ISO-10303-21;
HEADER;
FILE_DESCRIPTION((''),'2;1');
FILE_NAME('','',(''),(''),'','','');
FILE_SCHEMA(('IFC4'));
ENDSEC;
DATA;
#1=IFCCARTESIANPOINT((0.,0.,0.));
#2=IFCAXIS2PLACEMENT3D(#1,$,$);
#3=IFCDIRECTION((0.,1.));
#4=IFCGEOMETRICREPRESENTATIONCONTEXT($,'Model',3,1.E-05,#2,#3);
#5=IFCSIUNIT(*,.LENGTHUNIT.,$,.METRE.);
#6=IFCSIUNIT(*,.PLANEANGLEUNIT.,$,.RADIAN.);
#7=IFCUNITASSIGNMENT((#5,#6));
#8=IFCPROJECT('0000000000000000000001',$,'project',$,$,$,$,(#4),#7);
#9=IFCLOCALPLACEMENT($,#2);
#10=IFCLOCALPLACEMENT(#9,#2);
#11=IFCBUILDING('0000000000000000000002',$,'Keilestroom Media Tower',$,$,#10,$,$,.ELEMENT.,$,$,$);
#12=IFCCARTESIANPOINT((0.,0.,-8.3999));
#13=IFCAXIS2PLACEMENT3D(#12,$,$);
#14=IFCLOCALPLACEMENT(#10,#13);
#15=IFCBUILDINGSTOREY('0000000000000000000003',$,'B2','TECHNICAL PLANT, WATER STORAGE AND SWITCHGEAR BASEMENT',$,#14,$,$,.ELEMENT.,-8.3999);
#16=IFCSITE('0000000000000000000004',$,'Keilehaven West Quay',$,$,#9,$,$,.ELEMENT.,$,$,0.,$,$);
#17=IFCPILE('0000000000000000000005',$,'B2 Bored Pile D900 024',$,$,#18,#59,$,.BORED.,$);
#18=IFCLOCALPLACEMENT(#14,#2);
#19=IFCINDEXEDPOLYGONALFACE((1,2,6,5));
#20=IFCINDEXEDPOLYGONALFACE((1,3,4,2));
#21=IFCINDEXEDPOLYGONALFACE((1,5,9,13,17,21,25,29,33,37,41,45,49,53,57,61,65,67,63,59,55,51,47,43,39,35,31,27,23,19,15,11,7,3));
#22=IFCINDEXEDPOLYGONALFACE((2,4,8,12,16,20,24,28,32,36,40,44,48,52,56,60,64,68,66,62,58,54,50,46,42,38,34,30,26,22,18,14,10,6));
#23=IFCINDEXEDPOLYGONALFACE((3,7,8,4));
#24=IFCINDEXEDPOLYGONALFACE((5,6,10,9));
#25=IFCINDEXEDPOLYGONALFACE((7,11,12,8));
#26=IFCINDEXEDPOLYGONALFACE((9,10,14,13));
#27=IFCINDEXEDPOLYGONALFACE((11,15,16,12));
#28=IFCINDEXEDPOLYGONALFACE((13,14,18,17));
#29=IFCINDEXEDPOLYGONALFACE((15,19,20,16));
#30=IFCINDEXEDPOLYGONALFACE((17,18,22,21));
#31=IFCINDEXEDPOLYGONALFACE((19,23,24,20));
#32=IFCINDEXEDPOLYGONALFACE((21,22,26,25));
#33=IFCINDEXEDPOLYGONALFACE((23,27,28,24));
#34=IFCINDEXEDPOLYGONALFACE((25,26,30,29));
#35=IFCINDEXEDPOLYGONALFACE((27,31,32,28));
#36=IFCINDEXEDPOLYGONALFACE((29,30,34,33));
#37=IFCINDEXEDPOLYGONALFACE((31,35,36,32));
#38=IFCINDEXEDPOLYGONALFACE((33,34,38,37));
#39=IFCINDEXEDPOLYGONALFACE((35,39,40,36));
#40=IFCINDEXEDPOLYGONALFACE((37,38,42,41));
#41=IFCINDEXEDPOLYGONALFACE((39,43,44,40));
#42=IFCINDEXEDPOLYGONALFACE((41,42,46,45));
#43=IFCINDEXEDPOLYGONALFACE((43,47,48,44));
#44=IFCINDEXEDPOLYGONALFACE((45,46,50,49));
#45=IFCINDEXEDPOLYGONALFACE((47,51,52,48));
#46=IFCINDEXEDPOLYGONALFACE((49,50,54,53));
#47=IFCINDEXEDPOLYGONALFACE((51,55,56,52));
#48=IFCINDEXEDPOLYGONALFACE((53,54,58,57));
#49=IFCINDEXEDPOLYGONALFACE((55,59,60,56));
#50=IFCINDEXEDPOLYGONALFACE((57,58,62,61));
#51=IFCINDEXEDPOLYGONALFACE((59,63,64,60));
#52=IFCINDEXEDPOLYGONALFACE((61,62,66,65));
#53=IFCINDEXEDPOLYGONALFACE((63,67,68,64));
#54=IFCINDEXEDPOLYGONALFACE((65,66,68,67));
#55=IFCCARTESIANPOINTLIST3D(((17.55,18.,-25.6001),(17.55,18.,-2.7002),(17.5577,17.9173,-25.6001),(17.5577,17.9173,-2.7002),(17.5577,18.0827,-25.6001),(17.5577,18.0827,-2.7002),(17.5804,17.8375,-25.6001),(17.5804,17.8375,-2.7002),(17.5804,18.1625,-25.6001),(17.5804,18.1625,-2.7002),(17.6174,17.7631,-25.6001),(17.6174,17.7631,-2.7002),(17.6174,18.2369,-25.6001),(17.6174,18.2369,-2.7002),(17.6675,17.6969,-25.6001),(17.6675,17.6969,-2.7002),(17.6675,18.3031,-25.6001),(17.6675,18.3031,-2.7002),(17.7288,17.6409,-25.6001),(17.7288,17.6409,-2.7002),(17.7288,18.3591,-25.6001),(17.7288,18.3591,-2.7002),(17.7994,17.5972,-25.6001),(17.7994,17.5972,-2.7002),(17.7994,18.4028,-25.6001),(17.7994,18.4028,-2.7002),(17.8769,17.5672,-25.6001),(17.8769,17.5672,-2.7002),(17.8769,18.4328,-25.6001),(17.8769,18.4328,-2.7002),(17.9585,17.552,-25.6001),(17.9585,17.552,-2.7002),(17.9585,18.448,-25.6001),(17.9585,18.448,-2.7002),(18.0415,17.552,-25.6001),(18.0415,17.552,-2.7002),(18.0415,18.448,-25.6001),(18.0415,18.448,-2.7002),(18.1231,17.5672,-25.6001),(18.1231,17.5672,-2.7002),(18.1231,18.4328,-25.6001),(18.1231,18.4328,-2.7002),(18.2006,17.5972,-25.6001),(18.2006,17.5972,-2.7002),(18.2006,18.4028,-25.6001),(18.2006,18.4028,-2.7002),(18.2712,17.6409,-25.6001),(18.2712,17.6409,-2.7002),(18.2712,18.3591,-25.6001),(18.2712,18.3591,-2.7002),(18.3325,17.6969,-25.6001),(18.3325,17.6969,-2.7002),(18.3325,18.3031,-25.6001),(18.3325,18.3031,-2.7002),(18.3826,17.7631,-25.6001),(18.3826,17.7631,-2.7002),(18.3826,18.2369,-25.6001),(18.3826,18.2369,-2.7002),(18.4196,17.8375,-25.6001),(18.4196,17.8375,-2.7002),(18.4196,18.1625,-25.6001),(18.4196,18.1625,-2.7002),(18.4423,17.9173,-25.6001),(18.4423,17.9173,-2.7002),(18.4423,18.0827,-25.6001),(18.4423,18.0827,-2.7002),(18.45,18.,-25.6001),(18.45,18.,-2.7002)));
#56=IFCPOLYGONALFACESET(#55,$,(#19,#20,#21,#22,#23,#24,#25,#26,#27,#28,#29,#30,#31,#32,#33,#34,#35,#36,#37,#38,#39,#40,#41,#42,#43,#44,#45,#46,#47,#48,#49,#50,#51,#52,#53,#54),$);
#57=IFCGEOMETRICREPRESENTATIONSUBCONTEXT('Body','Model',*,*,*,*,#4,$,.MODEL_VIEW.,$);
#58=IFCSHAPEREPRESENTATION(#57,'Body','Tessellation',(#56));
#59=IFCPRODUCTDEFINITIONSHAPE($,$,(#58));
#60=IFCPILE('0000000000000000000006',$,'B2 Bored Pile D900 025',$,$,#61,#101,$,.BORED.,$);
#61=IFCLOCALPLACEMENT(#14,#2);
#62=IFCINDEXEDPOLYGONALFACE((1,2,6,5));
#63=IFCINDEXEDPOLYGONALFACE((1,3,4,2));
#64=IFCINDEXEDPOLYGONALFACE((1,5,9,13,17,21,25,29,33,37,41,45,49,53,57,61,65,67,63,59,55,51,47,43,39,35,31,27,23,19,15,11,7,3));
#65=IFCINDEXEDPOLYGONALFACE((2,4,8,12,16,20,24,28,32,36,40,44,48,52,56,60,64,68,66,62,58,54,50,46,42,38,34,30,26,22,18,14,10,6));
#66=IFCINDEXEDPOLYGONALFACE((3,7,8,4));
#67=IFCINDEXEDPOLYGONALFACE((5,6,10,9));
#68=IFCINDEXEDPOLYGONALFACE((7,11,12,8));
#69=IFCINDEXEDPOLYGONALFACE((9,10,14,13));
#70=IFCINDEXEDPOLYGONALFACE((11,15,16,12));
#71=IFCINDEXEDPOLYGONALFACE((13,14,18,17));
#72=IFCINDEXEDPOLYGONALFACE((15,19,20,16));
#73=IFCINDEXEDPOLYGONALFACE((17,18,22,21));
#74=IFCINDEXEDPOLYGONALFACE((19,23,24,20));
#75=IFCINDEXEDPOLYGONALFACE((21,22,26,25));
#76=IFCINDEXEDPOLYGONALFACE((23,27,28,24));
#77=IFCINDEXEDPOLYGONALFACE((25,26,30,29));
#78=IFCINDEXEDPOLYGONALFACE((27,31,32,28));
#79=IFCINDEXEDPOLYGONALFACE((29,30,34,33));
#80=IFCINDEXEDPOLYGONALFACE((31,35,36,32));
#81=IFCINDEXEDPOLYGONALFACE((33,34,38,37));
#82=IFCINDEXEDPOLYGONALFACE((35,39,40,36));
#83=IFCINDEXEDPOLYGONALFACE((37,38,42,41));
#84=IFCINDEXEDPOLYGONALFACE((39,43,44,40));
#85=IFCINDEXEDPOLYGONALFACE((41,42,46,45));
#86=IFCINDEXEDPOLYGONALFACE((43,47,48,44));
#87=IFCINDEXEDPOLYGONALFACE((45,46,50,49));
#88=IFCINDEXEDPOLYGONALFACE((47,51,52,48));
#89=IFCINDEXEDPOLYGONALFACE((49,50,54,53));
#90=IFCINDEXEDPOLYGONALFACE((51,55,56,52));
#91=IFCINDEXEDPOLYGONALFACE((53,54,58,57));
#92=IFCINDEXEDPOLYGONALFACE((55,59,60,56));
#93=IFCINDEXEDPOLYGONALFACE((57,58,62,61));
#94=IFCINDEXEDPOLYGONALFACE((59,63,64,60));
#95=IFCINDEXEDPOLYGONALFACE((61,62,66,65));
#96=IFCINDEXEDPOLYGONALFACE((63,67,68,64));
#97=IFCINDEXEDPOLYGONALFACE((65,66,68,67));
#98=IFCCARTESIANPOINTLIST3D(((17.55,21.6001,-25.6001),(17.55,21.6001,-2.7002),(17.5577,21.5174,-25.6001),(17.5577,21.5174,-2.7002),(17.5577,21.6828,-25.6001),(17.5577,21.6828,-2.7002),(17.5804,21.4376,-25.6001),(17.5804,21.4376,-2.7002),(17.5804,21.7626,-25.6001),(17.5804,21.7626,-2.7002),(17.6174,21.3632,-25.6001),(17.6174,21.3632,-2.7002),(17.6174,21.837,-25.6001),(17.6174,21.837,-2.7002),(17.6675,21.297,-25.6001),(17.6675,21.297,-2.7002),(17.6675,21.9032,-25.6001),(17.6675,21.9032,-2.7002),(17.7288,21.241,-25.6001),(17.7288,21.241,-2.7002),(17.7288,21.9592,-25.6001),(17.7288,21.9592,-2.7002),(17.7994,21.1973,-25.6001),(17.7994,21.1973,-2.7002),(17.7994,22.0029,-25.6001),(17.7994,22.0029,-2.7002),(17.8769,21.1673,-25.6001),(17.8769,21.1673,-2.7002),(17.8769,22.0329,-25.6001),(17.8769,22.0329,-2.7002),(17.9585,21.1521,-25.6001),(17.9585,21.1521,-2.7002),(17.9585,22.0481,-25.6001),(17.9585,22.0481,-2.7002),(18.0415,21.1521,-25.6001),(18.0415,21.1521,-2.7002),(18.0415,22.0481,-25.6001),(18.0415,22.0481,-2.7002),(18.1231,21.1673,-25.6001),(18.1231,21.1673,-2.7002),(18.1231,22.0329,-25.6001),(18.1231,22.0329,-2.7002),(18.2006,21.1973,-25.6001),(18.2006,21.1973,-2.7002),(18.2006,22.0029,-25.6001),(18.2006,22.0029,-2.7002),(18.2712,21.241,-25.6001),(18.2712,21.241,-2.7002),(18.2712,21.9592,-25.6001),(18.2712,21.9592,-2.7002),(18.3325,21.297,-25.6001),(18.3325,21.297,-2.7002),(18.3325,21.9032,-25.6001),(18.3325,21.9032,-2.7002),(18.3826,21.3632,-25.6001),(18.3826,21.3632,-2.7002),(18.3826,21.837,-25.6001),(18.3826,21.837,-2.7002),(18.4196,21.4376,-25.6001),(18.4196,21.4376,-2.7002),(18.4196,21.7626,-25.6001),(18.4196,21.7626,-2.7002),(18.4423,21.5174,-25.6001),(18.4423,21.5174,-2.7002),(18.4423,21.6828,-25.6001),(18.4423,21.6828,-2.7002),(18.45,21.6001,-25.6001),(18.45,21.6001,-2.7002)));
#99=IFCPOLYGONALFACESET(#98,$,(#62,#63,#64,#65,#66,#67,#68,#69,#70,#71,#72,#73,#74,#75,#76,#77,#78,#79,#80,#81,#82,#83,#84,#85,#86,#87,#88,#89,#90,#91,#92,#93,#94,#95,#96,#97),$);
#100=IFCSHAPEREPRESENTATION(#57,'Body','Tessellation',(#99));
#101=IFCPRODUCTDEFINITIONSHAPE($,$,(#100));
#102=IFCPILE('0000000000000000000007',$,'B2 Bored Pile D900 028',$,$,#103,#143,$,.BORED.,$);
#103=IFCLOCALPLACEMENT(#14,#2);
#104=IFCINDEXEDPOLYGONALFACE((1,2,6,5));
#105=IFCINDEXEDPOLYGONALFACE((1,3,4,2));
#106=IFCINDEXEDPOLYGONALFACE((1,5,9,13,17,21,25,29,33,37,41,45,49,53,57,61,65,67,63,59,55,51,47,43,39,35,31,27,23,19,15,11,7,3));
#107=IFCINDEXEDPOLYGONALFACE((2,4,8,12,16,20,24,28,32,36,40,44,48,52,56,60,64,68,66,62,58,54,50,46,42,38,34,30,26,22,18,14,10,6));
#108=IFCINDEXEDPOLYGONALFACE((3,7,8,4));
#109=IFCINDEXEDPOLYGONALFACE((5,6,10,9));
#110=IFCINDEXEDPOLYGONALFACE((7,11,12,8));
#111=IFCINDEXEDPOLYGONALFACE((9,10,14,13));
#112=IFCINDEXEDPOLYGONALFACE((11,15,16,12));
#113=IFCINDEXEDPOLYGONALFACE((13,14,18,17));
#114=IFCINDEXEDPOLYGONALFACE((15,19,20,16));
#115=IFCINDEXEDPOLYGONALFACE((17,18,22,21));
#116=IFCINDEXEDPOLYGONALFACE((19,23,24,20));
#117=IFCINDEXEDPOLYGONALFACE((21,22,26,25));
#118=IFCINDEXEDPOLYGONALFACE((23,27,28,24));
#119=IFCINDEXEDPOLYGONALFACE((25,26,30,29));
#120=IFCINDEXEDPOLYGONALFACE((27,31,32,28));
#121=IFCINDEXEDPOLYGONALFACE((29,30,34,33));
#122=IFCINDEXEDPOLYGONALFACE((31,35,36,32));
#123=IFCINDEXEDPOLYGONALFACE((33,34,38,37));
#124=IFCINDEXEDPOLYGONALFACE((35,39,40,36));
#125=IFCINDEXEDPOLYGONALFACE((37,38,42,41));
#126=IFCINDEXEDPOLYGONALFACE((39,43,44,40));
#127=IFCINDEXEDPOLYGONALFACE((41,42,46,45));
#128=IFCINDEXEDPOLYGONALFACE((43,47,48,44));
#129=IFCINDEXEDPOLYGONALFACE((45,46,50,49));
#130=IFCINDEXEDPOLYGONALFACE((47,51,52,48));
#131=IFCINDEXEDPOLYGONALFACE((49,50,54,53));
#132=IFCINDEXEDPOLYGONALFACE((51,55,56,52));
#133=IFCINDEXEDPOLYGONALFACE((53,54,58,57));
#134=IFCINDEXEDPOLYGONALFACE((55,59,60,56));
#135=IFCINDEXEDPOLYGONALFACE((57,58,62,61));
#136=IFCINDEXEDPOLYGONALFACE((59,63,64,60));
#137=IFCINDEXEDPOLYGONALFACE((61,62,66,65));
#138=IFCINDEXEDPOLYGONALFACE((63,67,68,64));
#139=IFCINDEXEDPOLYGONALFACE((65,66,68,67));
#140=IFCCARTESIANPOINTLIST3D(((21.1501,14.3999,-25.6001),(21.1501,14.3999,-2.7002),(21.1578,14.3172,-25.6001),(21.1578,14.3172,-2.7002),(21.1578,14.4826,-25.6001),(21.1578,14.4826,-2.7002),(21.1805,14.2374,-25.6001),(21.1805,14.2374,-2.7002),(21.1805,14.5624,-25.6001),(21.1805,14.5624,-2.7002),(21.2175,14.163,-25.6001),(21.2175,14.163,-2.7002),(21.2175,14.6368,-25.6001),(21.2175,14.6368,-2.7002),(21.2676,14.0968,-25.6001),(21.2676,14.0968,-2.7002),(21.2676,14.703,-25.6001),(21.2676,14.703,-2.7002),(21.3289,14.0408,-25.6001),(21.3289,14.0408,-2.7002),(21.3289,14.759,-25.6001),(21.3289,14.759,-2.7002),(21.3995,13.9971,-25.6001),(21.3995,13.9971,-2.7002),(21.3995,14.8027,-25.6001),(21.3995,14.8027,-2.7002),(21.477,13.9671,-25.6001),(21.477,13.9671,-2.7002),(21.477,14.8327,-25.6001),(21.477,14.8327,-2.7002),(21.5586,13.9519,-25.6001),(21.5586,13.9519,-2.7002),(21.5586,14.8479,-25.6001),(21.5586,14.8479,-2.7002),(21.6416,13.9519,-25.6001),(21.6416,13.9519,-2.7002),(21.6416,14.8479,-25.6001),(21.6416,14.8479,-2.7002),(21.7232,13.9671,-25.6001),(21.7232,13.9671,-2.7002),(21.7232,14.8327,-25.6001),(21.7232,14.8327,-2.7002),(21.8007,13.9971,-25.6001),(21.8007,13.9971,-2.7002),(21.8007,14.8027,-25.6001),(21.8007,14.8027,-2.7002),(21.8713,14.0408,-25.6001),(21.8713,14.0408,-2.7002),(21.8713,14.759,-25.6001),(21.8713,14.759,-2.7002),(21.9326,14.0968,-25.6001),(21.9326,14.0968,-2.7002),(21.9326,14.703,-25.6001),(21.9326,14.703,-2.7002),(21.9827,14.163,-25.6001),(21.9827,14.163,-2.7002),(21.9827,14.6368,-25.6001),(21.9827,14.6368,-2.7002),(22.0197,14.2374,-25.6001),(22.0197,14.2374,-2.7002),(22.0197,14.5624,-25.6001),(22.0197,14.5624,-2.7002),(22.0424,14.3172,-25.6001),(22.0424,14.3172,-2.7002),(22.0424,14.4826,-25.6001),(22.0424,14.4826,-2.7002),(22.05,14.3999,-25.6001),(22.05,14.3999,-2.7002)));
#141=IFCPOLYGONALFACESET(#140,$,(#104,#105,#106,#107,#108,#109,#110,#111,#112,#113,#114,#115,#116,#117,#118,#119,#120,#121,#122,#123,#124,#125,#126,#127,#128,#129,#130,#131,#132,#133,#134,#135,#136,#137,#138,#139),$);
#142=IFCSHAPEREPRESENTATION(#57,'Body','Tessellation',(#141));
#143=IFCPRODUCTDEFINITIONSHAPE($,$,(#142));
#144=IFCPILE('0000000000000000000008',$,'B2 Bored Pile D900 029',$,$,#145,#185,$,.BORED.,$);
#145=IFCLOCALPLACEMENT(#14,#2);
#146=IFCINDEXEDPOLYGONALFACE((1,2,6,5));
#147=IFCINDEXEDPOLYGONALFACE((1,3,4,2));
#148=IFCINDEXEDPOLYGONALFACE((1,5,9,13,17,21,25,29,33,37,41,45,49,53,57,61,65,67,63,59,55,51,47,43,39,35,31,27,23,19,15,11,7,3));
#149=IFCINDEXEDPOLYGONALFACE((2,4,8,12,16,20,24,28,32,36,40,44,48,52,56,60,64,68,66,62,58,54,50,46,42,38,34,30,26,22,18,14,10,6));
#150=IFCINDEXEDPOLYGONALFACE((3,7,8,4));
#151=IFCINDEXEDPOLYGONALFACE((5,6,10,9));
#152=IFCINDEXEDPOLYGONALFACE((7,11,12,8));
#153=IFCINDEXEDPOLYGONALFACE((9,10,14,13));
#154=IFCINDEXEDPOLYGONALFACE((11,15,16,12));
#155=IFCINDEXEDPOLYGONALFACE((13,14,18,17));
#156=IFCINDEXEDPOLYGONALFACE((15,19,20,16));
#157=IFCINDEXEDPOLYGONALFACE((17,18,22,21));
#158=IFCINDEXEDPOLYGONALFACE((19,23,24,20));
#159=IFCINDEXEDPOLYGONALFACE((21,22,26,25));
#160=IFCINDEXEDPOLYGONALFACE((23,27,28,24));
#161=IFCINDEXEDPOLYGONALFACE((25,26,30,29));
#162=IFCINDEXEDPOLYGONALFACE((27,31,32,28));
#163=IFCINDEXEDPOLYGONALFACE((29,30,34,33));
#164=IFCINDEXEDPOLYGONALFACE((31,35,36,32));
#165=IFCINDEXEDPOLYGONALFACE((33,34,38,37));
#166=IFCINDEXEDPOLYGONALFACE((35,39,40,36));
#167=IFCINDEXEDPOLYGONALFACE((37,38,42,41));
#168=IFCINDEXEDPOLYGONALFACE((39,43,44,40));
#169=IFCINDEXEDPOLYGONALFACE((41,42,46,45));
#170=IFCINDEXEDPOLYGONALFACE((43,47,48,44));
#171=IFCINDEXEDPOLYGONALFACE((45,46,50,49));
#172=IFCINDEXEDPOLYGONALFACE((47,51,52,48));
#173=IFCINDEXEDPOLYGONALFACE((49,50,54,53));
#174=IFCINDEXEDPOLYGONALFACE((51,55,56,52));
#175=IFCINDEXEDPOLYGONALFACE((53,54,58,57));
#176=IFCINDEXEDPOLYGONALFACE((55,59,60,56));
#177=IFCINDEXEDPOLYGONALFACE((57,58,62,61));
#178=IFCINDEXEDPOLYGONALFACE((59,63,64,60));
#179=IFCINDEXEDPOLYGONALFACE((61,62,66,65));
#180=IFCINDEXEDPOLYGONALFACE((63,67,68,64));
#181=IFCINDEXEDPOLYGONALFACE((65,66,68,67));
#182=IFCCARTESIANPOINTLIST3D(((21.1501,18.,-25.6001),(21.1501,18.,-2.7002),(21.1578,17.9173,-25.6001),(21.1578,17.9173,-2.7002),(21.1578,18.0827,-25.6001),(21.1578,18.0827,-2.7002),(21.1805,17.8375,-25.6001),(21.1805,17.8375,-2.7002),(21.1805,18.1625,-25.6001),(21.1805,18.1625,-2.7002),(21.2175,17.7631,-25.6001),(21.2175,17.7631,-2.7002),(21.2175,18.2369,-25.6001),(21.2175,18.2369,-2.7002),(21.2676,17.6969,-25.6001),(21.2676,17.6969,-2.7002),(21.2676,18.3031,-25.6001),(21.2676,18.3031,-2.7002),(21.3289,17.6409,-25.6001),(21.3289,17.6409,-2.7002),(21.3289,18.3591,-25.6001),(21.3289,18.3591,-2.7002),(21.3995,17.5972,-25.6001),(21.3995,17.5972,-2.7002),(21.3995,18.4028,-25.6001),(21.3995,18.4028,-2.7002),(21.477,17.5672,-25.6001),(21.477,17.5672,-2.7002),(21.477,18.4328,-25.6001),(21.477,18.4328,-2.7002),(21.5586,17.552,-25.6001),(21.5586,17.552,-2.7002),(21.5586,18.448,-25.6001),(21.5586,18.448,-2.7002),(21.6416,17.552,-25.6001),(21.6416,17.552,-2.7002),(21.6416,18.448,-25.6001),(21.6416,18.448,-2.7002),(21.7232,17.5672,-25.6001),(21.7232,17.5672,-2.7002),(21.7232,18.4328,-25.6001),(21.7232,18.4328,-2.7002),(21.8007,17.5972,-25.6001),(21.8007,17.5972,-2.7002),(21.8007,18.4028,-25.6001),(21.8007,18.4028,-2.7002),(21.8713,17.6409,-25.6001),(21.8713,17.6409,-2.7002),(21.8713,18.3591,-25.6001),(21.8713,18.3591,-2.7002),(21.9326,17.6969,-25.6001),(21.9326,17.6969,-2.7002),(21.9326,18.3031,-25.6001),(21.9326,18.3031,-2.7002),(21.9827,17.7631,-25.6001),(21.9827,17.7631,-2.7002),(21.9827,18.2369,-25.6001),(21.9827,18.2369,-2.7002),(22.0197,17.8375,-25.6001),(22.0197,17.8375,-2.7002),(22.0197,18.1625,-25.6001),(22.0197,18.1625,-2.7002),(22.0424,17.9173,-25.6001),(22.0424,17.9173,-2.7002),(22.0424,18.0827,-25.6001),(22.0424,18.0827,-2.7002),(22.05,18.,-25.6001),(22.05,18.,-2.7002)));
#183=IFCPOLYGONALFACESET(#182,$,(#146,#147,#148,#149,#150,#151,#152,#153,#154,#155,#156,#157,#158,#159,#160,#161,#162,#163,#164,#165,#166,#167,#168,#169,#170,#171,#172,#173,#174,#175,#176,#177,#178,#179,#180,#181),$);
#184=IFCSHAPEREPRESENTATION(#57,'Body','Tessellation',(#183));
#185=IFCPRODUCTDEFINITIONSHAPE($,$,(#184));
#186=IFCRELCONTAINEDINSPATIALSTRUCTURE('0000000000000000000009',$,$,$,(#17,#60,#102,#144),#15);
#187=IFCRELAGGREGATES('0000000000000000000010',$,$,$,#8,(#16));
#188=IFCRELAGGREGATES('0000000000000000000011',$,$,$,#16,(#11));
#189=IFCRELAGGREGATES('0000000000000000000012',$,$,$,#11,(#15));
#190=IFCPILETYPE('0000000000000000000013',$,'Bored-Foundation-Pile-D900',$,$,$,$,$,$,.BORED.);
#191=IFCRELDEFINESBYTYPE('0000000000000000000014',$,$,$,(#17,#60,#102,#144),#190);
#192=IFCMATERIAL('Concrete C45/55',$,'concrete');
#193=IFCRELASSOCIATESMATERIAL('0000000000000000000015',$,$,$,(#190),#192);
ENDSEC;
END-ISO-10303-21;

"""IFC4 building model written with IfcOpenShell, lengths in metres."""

from ifc_helpers import new_model, si_unit, direction, frame, origin, origin_2d, place, context, subcontext, project, spatial, circle, extrude, source, transform, mapped, material, material_profile, profile_set, type_object, element, save


model = new_model("IFC4")

# Units and contexts
model_context = context("Model", 3, precision=1e-05, world=origin(), true_north=direction((0.0, 1.0)))
body_context = subcontext(model_context, "Body", "Model", "MODEL_VIEW")
ifc_project = project(units=[si_unit("LENGTHUNIT", "METRE"), si_unit("PLANEANGLEUNIT", "RADIAN")], contexts=[model_context])

# Site, building, storey
site_placement = place(None, origin())
site = spatial("IfcSite", under=ifc_project, at=site_placement, Name="Keilehaven West Quay", CompositionType="ELEMENT", RefElevation=0.0)
building_placement = place(site_placement, origin())
building = spatial("IfcBuilding", under=site, at=building_placement, Name="Keilestroom Media Tower", CompositionType="ELEMENT")
storey_placement = place(building_placement, frame((0.0, 0.0, -8.3999)))
storey = spatial("IfcBuildingStorey", under=building, at=storey_placement, Name="B2", Description="TECHNICAL PLANT, WATER STORAGE AND SWITCHGEAR BASEMENT", CompositionType="ELEMENT", Elevation=-8.3999)

# Piles
ifc_material_1 = material(Name="Concrete C45/55", Category="concrete")
ifc_material_profile_1 = material_profile(ifc_material_1, circle(Radius=0.45, at=origin_2d()), Name="BORED PILE D900")
ifc_profile_set_1 = profile_set([ifc_material_profile_1], Name="Concrete C45/55")
pile_type_1 = type_object("IfcPileType", Name="Bored-Foundation-Pile-D900", PredefinedType="BORED", material=ifc_profile_set_1)
shared_shape_1 = source(origin(), body_context, "Body", "SweptSolid", [
    extrude(circle(Radius=0.45, at=origin_2d()), origin(), (0.0, 0.0, 1.0), 22.8999),
])
for number, where, z_axis, x_axis, name in (
    (1, (18.0, 18.0, -2.7002), (0.0, 0.0, -1.0), (1.0, 0.0, 0.0), "B2 Bored Pile D900 024"),
    (2, (18.0, 21.6001, -2.7002), (0.0, 0.0, -1.0), (1.0, 0.0, 0.0), "B2 Bored Pile D900 025"),
    (3, (21.6001, 14.3999, -2.7002), (0.0, 0.0, -1.0), (1.0, 0.0, 0.0), "B2 Bored Pile D900 028"),
    (4, (21.6001, 18.0, -2.7002), (0.0, 0.0, -1.0), (1.0, 0.0, 0.0), "B2 Bored Pile D900 029"),
):
    element("IfcPile", number, at=place(storey_placement, frame(where, z_axis=z_axis, x_axis=x_axis)), inside=storey, type_object=pile_type_1, Name=name, PredefinedType="BORED", context=body_context, shape_type="MappedRepresentation", body=[
        mapped(shared_shape_1, transform((0.0, 0.0, 0.0), x_axis=(1.0, 0.0, 0.0), y_axis=(0.0, 1.0, 0.0), z_axis=(0.0, 0.0, 1.0), scale=1.0)),
    ])

save(model, "model.ifc")
